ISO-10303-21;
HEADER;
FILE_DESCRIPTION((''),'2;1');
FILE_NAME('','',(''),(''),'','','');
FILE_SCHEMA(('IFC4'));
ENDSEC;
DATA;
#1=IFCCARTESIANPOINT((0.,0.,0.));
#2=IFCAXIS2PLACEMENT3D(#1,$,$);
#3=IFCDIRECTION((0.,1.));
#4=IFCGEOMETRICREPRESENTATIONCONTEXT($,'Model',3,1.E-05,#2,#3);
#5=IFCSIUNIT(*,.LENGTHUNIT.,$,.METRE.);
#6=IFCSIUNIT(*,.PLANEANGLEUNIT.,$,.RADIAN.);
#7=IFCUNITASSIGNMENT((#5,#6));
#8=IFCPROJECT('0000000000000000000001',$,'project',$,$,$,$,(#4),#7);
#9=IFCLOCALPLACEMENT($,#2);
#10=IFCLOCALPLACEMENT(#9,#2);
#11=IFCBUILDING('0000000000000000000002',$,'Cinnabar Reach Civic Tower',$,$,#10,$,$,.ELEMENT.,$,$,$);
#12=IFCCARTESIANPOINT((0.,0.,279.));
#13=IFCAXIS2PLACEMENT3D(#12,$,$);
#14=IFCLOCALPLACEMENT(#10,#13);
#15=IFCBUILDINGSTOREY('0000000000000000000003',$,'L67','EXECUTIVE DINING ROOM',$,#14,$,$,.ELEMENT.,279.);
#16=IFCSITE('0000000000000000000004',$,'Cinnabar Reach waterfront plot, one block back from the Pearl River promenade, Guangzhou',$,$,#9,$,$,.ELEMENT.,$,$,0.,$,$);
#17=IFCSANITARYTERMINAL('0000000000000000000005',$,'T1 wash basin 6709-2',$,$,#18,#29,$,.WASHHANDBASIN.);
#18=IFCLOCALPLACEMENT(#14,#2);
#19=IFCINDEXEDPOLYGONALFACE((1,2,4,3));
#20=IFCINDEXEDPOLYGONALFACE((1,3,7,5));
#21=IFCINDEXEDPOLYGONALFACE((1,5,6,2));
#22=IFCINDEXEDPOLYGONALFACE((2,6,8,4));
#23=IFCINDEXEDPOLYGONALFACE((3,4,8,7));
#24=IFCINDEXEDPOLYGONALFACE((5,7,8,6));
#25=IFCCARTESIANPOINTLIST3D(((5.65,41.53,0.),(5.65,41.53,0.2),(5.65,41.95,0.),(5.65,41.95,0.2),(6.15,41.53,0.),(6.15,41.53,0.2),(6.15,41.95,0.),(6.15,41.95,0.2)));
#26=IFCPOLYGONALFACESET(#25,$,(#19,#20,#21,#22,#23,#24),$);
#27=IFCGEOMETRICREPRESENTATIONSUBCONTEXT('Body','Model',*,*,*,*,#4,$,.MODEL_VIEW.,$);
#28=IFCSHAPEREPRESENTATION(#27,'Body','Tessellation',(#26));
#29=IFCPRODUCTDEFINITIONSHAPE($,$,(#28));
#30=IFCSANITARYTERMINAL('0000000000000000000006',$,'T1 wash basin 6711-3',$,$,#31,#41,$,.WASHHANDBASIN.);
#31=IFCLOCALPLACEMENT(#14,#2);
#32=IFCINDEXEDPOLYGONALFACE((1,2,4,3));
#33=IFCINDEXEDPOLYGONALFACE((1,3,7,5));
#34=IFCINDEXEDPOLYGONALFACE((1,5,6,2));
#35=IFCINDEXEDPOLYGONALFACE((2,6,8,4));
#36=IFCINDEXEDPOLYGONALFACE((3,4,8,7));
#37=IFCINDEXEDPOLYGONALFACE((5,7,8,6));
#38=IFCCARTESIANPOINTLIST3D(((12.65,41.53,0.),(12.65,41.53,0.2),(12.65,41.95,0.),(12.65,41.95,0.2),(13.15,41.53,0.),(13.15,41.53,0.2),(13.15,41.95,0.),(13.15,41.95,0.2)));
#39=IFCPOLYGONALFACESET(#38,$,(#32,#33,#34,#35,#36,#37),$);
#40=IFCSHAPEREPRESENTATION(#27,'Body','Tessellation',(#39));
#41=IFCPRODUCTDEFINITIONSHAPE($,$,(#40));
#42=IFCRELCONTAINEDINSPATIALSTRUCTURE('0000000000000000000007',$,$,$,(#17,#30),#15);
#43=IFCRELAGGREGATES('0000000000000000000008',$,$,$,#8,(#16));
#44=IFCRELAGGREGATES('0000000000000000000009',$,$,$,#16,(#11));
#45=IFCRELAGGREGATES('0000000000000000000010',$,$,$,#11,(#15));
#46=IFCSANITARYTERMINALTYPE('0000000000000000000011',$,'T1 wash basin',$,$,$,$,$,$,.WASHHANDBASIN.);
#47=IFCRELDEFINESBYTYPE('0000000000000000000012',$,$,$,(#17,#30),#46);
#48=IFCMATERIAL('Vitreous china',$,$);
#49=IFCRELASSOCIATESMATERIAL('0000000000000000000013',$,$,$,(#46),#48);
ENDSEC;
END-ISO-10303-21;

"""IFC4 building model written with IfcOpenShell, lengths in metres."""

from ifc_helpers import new_model, si_unit, direction, frame, origin, origin_2d, place, context, subcontext, project, spatial, rectangle, extrude, material, type_object, element, save


model = new_model("IFC4")

# Units and contexts
model_context = context("Model", 3, precision=1e-05, world=origin(), true_north=direction((0.0, 1.0)))
body_context = subcontext(model_context, "Body", "Model", "MODEL_VIEW")
ifc_project = project(units=[si_unit("LENGTHUNIT", "METRE"), si_unit("PLANEANGLEUNIT", "RADIAN")], contexts=[model_context])

# Site, building, storey
site_placement = place(None, origin())
site = spatial("IfcSite", under=ifc_project, at=site_placement, Name="Cinnabar Reach waterfront plot, one block back from the Pearl River promenade, Guangzhou", CompositionType="ELEMENT", RefElevation=0.0)
building_placement = place(site_placement, origin())
building = spatial("IfcBuilding", under=site, at=building_placement, Name="Cinnabar Reach Civic Tower", CompositionType="ELEMENT")
storey_placement = place(building_placement, frame((0.0, 0.0, 279.0)))
storey = spatial("IfcBuildingStorey", under=building, at=storey_placement, Name="L67", Description="EXECUTIVE DINING ROOM", CompositionType="ELEMENT", Elevation=279.0)

# Sanitary terminals
ifc_material_1 = material(Name="Vitreous china")
sanitary_terminal_type_1 = type_object("IfcSanitaryTerminalType", Name="T1 wash basin", PredefinedType="WASHHANDBASIN", material=ifc_material_1)
for number, where, z_axis, x_axis, name in (
    (1, (5.9, 41.74, 0.0), (0.0, 0.0, 1.0), (1.0, 0.0, 0.0), "T1 wash basin 6709-2"),
    (2, (12.9, 41.74, 0.0), (0.0, 0.0, 1.0), (1.0, 0.0, 0.0), "T1 wash basin 6711-3"),
):
    element("IfcSanitaryTerminal", number, at=place(storey_placement, frame(where, z_axis=z_axis, x_axis=x_axis)), inside=storey, type_object=sanitary_terminal_type_1, Name=name, PredefinedType="WASHHANDBASIN", context=body_context, shape_type="SweptSolid", body=[
        extrude(rectangle(XDim=0.5, YDim=0.42, at=origin_2d()), origin(), (0.0, 0.0, 1.0), 0.2),
    ])

save(model, "model.ifc")
